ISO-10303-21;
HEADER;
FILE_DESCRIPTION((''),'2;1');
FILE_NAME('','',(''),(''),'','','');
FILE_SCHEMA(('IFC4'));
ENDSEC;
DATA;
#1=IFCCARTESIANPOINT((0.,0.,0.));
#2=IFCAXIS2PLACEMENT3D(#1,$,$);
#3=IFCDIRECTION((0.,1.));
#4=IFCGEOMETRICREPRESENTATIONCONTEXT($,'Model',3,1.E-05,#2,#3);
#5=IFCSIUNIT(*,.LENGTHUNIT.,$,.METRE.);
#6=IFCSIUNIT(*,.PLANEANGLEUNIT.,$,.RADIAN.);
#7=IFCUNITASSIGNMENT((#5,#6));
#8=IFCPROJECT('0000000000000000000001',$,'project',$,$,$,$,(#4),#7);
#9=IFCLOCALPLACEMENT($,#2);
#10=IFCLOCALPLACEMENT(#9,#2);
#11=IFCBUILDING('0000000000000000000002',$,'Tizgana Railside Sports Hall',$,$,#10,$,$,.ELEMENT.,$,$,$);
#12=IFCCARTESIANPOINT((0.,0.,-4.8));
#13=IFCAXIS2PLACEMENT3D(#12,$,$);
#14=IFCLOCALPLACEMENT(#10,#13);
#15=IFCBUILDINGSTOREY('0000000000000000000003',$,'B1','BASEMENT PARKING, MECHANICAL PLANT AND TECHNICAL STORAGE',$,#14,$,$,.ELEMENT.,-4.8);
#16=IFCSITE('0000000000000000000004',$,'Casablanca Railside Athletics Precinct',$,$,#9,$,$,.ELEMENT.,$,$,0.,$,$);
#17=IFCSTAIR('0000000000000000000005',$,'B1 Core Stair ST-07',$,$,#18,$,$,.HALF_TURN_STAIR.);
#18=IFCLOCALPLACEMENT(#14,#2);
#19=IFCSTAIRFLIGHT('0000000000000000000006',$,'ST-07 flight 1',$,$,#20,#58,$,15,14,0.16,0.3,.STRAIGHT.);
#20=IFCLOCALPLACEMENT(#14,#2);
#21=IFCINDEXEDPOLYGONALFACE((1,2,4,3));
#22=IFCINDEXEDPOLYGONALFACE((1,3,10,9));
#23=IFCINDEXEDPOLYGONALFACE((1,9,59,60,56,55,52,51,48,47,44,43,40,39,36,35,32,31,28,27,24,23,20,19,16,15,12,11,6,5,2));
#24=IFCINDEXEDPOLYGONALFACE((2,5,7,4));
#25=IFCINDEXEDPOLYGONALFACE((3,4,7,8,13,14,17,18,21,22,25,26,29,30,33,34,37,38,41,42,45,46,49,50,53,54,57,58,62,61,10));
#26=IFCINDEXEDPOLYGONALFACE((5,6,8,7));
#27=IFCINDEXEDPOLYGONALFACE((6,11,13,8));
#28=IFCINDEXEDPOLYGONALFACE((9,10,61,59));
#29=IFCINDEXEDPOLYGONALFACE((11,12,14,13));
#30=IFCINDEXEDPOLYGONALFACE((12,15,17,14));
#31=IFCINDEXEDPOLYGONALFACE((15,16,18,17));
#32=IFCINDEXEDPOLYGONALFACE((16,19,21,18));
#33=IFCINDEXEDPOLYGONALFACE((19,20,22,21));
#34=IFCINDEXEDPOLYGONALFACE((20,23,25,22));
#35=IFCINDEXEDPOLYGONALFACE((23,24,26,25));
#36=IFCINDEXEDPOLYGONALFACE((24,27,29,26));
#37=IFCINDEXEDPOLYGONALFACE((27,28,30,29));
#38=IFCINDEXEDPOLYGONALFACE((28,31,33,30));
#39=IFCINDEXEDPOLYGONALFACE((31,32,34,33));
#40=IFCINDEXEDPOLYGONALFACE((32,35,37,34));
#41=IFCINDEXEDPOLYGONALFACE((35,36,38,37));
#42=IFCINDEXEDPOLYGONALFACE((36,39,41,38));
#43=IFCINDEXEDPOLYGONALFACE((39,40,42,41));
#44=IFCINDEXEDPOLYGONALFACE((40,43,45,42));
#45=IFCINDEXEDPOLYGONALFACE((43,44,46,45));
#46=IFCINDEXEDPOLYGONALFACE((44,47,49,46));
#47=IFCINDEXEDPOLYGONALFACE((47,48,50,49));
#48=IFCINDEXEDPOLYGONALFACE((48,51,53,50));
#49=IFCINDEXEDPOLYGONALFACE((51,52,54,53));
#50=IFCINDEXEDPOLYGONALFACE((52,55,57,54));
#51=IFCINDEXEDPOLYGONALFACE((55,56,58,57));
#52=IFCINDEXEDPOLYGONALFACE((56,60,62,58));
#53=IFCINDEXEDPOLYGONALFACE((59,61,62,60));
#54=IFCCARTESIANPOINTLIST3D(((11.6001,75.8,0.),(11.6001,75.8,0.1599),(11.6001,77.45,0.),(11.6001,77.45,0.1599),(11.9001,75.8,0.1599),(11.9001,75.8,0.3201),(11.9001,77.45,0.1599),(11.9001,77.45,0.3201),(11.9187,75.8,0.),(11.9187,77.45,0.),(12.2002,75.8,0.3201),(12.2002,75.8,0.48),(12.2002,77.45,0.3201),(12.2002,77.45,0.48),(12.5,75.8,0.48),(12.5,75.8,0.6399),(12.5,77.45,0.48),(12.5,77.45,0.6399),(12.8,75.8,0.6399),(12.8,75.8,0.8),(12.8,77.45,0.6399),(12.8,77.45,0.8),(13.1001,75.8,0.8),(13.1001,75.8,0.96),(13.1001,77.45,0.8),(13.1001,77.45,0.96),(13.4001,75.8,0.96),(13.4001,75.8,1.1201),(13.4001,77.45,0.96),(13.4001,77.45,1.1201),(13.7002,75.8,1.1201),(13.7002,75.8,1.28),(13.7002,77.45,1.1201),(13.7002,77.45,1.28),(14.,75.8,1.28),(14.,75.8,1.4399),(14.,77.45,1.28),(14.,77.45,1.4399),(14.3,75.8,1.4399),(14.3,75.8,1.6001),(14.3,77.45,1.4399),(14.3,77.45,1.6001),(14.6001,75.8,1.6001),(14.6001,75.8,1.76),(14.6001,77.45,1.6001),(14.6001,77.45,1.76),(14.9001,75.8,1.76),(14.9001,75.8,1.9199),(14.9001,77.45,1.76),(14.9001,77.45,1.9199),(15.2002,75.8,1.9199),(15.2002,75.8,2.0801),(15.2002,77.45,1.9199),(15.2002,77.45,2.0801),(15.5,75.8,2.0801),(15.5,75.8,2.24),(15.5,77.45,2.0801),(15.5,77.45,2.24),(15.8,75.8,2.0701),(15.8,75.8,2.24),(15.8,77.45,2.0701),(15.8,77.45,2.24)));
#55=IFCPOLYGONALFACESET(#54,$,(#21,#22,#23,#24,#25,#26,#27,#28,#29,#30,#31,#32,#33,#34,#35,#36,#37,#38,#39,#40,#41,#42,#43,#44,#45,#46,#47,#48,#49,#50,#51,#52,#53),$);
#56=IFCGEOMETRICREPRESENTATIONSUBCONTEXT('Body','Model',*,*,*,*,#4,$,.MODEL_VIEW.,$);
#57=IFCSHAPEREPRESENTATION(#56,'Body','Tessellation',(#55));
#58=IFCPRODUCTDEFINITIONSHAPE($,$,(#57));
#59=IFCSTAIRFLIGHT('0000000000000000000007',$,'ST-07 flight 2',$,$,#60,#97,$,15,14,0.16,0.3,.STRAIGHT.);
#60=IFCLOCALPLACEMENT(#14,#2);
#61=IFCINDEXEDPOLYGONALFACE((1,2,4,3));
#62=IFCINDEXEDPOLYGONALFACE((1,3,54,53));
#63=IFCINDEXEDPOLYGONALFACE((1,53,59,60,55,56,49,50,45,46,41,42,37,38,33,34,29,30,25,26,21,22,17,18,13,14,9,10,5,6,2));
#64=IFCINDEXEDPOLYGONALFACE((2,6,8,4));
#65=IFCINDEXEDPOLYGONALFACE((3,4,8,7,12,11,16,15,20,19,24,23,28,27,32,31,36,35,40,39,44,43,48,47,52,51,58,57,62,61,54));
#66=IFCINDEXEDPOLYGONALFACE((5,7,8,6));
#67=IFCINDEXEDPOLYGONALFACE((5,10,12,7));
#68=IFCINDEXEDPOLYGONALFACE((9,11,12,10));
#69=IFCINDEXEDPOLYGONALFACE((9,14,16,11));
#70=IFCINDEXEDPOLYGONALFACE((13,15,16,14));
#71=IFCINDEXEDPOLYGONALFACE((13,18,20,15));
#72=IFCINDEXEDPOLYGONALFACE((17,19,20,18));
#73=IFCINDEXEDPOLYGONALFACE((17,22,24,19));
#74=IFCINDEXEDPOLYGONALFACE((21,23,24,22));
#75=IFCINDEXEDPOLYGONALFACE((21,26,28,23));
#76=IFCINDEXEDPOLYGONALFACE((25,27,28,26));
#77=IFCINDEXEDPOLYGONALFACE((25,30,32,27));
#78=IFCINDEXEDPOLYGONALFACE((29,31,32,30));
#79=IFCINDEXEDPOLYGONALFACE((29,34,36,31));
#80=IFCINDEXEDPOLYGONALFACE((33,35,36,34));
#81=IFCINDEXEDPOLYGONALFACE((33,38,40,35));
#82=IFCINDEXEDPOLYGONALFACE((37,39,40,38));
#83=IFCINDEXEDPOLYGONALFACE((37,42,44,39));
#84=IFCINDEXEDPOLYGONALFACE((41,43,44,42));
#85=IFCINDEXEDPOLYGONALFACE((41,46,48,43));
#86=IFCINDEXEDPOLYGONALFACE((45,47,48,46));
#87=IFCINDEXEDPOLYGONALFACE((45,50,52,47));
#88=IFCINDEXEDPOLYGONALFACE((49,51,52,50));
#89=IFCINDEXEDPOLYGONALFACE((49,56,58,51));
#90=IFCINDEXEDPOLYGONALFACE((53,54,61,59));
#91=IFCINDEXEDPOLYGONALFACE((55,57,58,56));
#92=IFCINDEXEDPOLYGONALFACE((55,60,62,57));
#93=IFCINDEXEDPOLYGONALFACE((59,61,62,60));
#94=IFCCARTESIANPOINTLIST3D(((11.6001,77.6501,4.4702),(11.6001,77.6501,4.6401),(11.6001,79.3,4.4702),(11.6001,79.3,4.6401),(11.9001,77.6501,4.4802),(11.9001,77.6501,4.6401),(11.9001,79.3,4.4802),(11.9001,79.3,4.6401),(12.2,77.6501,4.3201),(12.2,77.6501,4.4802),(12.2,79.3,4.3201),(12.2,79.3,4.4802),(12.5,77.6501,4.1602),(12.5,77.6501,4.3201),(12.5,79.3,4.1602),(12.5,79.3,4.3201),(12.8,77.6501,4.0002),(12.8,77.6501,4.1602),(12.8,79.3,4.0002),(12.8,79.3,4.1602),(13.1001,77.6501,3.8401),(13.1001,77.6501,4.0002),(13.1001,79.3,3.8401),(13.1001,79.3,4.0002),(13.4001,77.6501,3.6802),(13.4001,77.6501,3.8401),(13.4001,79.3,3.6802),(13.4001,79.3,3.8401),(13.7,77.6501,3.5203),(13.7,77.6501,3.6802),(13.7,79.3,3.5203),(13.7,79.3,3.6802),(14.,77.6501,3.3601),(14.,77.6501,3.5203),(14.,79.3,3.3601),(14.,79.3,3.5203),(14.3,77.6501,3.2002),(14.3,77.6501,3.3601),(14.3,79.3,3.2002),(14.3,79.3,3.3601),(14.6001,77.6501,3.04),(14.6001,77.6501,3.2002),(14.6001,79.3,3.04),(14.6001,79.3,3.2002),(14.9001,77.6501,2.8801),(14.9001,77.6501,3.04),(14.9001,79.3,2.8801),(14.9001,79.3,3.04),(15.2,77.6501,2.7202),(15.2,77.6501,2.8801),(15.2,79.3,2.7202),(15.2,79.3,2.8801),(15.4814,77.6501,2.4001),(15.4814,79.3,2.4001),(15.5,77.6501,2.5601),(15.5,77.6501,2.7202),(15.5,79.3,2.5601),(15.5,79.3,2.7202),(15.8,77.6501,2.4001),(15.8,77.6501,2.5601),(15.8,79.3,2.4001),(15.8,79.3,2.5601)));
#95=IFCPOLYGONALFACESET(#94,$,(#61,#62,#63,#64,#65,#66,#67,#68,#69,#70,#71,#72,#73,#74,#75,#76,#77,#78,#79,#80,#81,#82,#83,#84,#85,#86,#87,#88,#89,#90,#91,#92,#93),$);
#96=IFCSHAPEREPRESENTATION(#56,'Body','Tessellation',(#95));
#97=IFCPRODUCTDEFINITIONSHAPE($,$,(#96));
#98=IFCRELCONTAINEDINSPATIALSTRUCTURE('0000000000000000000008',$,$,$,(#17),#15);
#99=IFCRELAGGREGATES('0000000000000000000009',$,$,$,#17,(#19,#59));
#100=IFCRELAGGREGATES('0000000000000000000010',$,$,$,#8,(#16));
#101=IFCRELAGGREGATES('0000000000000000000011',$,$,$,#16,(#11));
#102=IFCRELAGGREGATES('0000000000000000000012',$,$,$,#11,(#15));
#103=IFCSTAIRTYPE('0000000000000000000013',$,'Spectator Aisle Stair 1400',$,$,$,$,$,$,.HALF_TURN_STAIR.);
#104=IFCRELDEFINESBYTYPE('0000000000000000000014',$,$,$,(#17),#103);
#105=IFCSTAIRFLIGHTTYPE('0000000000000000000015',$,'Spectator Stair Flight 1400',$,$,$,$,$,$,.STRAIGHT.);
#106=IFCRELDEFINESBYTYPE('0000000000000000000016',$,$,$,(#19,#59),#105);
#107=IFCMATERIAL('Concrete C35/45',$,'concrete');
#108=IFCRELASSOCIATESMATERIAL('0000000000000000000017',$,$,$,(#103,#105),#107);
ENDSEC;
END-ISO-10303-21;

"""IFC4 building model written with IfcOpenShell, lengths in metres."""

from ifc_helpers import new_model, si_unit, direction, frame, origin, place, context, subcontext, project, spatial, polyline, outline, extrude, material, type_object, element, aggregate, save


model = new_model("IFC4")

# Units and contexts
model_context = context("Model", 3, precision=1e-05, world=origin(), true_north=direction((0.0, 1.0)))
body_context = subcontext(model_context, "Body", "Model", "MODEL_VIEW")
ifc_project = project(units=[si_unit("LENGTHUNIT", "METRE"), si_unit("PLANEANGLEUNIT", "RADIAN")], contexts=[model_context])

# Site, building, storey
site_placement = place(None, origin())
site = spatial("IfcSite", under=ifc_project, at=site_placement, Name="Casablanca Railside Athletics Precinct", CompositionType="ELEMENT", RefElevation=0.0)
building_placement = place(site_placement, origin())
building = spatial("IfcBuilding", under=site, at=building_placement, Name="Tizgana Railside Sports Hall", CompositionType="ELEMENT")
storey_placement = place(building_placement, frame((0.0, 0.0, -4.8)))
storey = spatial("IfcBuildingStorey", under=building, at=storey_placement, Name="B1", Description="BASEMENT PARKING, MECHANICAL PLANT AND TECHNICAL STORAGE", CompositionType="ELEMENT", Elevation=-4.8)

# Shared definitions
ifc_material_1 = material(Name="Concrete C35/45", Category="concrete")

# Stair, stair flights
stair_type = type_object("IfcStairType", Name="Spectator Aisle Stair 1400", PredefinedType="HALF_TURN_STAIR", material=ifc_material_1)
stair_placement = place(storey_placement, origin())
stair = element("IfcStair", 1, at=stair_placement, inside=storey, type_object=stair_type, Name="B1 Core Stair ST-07", PredefinedType="HALF_TURN_STAIR")
stair_flight_type = type_object("IfcStairFlightType", Name="Spectator Stair Flight 1400", PredefinedType="STRAIGHT", material=ifc_material_1)
stair_flight_1_placement = place(storey_placement, frame((11.6001, 76.625, 0.0), z_axis=(0.0, 0.0, 1.0), x_axis=(1.0, 0.0, 0.0)))
stair_flight_1 = element("IfcStairFlight", 2, at=stair_flight_1_placement, type_object=stair_flight_type, Name="ST-07 flight 1", NumberOfRisers=15, NumberOfTreads=14, PredefinedType="STRAIGHT", RiserHeight=0.16, TreadLength=0.3, context=body_context, shape_type="SweptSolid", body=[
    extrude(outline(polyline([(0.0, 0.0), (0.0, 0.1599), (0.3, 0.1599), (0.3, 0.3201), (0.6001, 0.3201), (0.6001, 0.48), (0.8999, 0.48), (0.8999, 0.6399), (1.2, 0.6399), (1.2, 0.8), (1.5, 0.8), (1.5, 0.96), (1.8, 0.96), (1.8, 1.1201), (2.1001, 1.1201), (2.1001, 1.28), (2.3999, 1.28), (2.3999, 1.4399), (2.7, 1.4399), (2.7, 1.6001), (3.0, 1.6001), (3.0, 1.76), (3.3, 1.76), (3.3, 1.9199), (3.6001, 1.9199), (3.6001, 2.0801), (3.8999, 2.0801), (3.8999, 2.24), (4.2, 2.24), (4.2, 2.3999), (4.2, 2.0701), (0.3186, 0.0), (0.0, 0.0)])), frame((0.0, 0.825, 0.0), z_axis=(0.0, -1.0, 0.0), x_axis=(1.0, 0.0, 0.0)), (0.0, 0.0, 1.0), 1.6499),
])
stair_flight_2_placement = place(storey_placement, frame((15.8, 78.4751, 2.4001), z_axis=(0.0, 0.0, 1.0), x_axis=(-1.0, 0.0, 0.0)))
stair_flight_2 = element("IfcStairFlight", 3, at=stair_flight_2_placement, type_object=stair_flight_type, Name="ST-07 flight 2", NumberOfRisers=15, NumberOfTreads=14, PredefinedType="STRAIGHT", RiserHeight=0.16, TreadLength=0.3, context=body_context, shape_type="SweptSolid", body=[
    extrude(outline(polyline([(0.0, 0.0), (0.0, 0.1599), (0.3, 0.1599), (0.3, 0.3201), (0.6001, 0.3201), (0.6001, 0.48), (0.8999, 0.48), (0.8999, 0.6399), (1.2, 0.6399), (1.2, 0.8), (1.5, 0.8), (1.5, 0.96), (1.8, 0.96), (1.8, 1.1201), (2.1001, 1.1201), (2.1001, 1.28), (2.3999, 1.28), (2.3999, 1.4399), (2.7, 1.4399), (2.7, 1.6001), (3.0, 1.6001), (3.0, 1.76), (3.3, 1.76), (3.3, 1.9199), (3.6001, 1.9199), (3.6001, 2.0801), (3.8999, 2.0801), (3.8999, 2.24), (4.2, 2.24), (4.2, 2.3999), (4.2, 2.0701), (0.3186, 0.0), (0.0, 0.0)])), frame((0.0, 0.825, 0.0), z_axis=(0.0, -1.0, 0.0), x_axis=(1.0, 0.0, 0.0)), (0.0, 0.0, 1.0), 1.6499),
])
aggregate(stair, [stair_flight_1, stair_flight_2])

save(model, "model.ifc")
